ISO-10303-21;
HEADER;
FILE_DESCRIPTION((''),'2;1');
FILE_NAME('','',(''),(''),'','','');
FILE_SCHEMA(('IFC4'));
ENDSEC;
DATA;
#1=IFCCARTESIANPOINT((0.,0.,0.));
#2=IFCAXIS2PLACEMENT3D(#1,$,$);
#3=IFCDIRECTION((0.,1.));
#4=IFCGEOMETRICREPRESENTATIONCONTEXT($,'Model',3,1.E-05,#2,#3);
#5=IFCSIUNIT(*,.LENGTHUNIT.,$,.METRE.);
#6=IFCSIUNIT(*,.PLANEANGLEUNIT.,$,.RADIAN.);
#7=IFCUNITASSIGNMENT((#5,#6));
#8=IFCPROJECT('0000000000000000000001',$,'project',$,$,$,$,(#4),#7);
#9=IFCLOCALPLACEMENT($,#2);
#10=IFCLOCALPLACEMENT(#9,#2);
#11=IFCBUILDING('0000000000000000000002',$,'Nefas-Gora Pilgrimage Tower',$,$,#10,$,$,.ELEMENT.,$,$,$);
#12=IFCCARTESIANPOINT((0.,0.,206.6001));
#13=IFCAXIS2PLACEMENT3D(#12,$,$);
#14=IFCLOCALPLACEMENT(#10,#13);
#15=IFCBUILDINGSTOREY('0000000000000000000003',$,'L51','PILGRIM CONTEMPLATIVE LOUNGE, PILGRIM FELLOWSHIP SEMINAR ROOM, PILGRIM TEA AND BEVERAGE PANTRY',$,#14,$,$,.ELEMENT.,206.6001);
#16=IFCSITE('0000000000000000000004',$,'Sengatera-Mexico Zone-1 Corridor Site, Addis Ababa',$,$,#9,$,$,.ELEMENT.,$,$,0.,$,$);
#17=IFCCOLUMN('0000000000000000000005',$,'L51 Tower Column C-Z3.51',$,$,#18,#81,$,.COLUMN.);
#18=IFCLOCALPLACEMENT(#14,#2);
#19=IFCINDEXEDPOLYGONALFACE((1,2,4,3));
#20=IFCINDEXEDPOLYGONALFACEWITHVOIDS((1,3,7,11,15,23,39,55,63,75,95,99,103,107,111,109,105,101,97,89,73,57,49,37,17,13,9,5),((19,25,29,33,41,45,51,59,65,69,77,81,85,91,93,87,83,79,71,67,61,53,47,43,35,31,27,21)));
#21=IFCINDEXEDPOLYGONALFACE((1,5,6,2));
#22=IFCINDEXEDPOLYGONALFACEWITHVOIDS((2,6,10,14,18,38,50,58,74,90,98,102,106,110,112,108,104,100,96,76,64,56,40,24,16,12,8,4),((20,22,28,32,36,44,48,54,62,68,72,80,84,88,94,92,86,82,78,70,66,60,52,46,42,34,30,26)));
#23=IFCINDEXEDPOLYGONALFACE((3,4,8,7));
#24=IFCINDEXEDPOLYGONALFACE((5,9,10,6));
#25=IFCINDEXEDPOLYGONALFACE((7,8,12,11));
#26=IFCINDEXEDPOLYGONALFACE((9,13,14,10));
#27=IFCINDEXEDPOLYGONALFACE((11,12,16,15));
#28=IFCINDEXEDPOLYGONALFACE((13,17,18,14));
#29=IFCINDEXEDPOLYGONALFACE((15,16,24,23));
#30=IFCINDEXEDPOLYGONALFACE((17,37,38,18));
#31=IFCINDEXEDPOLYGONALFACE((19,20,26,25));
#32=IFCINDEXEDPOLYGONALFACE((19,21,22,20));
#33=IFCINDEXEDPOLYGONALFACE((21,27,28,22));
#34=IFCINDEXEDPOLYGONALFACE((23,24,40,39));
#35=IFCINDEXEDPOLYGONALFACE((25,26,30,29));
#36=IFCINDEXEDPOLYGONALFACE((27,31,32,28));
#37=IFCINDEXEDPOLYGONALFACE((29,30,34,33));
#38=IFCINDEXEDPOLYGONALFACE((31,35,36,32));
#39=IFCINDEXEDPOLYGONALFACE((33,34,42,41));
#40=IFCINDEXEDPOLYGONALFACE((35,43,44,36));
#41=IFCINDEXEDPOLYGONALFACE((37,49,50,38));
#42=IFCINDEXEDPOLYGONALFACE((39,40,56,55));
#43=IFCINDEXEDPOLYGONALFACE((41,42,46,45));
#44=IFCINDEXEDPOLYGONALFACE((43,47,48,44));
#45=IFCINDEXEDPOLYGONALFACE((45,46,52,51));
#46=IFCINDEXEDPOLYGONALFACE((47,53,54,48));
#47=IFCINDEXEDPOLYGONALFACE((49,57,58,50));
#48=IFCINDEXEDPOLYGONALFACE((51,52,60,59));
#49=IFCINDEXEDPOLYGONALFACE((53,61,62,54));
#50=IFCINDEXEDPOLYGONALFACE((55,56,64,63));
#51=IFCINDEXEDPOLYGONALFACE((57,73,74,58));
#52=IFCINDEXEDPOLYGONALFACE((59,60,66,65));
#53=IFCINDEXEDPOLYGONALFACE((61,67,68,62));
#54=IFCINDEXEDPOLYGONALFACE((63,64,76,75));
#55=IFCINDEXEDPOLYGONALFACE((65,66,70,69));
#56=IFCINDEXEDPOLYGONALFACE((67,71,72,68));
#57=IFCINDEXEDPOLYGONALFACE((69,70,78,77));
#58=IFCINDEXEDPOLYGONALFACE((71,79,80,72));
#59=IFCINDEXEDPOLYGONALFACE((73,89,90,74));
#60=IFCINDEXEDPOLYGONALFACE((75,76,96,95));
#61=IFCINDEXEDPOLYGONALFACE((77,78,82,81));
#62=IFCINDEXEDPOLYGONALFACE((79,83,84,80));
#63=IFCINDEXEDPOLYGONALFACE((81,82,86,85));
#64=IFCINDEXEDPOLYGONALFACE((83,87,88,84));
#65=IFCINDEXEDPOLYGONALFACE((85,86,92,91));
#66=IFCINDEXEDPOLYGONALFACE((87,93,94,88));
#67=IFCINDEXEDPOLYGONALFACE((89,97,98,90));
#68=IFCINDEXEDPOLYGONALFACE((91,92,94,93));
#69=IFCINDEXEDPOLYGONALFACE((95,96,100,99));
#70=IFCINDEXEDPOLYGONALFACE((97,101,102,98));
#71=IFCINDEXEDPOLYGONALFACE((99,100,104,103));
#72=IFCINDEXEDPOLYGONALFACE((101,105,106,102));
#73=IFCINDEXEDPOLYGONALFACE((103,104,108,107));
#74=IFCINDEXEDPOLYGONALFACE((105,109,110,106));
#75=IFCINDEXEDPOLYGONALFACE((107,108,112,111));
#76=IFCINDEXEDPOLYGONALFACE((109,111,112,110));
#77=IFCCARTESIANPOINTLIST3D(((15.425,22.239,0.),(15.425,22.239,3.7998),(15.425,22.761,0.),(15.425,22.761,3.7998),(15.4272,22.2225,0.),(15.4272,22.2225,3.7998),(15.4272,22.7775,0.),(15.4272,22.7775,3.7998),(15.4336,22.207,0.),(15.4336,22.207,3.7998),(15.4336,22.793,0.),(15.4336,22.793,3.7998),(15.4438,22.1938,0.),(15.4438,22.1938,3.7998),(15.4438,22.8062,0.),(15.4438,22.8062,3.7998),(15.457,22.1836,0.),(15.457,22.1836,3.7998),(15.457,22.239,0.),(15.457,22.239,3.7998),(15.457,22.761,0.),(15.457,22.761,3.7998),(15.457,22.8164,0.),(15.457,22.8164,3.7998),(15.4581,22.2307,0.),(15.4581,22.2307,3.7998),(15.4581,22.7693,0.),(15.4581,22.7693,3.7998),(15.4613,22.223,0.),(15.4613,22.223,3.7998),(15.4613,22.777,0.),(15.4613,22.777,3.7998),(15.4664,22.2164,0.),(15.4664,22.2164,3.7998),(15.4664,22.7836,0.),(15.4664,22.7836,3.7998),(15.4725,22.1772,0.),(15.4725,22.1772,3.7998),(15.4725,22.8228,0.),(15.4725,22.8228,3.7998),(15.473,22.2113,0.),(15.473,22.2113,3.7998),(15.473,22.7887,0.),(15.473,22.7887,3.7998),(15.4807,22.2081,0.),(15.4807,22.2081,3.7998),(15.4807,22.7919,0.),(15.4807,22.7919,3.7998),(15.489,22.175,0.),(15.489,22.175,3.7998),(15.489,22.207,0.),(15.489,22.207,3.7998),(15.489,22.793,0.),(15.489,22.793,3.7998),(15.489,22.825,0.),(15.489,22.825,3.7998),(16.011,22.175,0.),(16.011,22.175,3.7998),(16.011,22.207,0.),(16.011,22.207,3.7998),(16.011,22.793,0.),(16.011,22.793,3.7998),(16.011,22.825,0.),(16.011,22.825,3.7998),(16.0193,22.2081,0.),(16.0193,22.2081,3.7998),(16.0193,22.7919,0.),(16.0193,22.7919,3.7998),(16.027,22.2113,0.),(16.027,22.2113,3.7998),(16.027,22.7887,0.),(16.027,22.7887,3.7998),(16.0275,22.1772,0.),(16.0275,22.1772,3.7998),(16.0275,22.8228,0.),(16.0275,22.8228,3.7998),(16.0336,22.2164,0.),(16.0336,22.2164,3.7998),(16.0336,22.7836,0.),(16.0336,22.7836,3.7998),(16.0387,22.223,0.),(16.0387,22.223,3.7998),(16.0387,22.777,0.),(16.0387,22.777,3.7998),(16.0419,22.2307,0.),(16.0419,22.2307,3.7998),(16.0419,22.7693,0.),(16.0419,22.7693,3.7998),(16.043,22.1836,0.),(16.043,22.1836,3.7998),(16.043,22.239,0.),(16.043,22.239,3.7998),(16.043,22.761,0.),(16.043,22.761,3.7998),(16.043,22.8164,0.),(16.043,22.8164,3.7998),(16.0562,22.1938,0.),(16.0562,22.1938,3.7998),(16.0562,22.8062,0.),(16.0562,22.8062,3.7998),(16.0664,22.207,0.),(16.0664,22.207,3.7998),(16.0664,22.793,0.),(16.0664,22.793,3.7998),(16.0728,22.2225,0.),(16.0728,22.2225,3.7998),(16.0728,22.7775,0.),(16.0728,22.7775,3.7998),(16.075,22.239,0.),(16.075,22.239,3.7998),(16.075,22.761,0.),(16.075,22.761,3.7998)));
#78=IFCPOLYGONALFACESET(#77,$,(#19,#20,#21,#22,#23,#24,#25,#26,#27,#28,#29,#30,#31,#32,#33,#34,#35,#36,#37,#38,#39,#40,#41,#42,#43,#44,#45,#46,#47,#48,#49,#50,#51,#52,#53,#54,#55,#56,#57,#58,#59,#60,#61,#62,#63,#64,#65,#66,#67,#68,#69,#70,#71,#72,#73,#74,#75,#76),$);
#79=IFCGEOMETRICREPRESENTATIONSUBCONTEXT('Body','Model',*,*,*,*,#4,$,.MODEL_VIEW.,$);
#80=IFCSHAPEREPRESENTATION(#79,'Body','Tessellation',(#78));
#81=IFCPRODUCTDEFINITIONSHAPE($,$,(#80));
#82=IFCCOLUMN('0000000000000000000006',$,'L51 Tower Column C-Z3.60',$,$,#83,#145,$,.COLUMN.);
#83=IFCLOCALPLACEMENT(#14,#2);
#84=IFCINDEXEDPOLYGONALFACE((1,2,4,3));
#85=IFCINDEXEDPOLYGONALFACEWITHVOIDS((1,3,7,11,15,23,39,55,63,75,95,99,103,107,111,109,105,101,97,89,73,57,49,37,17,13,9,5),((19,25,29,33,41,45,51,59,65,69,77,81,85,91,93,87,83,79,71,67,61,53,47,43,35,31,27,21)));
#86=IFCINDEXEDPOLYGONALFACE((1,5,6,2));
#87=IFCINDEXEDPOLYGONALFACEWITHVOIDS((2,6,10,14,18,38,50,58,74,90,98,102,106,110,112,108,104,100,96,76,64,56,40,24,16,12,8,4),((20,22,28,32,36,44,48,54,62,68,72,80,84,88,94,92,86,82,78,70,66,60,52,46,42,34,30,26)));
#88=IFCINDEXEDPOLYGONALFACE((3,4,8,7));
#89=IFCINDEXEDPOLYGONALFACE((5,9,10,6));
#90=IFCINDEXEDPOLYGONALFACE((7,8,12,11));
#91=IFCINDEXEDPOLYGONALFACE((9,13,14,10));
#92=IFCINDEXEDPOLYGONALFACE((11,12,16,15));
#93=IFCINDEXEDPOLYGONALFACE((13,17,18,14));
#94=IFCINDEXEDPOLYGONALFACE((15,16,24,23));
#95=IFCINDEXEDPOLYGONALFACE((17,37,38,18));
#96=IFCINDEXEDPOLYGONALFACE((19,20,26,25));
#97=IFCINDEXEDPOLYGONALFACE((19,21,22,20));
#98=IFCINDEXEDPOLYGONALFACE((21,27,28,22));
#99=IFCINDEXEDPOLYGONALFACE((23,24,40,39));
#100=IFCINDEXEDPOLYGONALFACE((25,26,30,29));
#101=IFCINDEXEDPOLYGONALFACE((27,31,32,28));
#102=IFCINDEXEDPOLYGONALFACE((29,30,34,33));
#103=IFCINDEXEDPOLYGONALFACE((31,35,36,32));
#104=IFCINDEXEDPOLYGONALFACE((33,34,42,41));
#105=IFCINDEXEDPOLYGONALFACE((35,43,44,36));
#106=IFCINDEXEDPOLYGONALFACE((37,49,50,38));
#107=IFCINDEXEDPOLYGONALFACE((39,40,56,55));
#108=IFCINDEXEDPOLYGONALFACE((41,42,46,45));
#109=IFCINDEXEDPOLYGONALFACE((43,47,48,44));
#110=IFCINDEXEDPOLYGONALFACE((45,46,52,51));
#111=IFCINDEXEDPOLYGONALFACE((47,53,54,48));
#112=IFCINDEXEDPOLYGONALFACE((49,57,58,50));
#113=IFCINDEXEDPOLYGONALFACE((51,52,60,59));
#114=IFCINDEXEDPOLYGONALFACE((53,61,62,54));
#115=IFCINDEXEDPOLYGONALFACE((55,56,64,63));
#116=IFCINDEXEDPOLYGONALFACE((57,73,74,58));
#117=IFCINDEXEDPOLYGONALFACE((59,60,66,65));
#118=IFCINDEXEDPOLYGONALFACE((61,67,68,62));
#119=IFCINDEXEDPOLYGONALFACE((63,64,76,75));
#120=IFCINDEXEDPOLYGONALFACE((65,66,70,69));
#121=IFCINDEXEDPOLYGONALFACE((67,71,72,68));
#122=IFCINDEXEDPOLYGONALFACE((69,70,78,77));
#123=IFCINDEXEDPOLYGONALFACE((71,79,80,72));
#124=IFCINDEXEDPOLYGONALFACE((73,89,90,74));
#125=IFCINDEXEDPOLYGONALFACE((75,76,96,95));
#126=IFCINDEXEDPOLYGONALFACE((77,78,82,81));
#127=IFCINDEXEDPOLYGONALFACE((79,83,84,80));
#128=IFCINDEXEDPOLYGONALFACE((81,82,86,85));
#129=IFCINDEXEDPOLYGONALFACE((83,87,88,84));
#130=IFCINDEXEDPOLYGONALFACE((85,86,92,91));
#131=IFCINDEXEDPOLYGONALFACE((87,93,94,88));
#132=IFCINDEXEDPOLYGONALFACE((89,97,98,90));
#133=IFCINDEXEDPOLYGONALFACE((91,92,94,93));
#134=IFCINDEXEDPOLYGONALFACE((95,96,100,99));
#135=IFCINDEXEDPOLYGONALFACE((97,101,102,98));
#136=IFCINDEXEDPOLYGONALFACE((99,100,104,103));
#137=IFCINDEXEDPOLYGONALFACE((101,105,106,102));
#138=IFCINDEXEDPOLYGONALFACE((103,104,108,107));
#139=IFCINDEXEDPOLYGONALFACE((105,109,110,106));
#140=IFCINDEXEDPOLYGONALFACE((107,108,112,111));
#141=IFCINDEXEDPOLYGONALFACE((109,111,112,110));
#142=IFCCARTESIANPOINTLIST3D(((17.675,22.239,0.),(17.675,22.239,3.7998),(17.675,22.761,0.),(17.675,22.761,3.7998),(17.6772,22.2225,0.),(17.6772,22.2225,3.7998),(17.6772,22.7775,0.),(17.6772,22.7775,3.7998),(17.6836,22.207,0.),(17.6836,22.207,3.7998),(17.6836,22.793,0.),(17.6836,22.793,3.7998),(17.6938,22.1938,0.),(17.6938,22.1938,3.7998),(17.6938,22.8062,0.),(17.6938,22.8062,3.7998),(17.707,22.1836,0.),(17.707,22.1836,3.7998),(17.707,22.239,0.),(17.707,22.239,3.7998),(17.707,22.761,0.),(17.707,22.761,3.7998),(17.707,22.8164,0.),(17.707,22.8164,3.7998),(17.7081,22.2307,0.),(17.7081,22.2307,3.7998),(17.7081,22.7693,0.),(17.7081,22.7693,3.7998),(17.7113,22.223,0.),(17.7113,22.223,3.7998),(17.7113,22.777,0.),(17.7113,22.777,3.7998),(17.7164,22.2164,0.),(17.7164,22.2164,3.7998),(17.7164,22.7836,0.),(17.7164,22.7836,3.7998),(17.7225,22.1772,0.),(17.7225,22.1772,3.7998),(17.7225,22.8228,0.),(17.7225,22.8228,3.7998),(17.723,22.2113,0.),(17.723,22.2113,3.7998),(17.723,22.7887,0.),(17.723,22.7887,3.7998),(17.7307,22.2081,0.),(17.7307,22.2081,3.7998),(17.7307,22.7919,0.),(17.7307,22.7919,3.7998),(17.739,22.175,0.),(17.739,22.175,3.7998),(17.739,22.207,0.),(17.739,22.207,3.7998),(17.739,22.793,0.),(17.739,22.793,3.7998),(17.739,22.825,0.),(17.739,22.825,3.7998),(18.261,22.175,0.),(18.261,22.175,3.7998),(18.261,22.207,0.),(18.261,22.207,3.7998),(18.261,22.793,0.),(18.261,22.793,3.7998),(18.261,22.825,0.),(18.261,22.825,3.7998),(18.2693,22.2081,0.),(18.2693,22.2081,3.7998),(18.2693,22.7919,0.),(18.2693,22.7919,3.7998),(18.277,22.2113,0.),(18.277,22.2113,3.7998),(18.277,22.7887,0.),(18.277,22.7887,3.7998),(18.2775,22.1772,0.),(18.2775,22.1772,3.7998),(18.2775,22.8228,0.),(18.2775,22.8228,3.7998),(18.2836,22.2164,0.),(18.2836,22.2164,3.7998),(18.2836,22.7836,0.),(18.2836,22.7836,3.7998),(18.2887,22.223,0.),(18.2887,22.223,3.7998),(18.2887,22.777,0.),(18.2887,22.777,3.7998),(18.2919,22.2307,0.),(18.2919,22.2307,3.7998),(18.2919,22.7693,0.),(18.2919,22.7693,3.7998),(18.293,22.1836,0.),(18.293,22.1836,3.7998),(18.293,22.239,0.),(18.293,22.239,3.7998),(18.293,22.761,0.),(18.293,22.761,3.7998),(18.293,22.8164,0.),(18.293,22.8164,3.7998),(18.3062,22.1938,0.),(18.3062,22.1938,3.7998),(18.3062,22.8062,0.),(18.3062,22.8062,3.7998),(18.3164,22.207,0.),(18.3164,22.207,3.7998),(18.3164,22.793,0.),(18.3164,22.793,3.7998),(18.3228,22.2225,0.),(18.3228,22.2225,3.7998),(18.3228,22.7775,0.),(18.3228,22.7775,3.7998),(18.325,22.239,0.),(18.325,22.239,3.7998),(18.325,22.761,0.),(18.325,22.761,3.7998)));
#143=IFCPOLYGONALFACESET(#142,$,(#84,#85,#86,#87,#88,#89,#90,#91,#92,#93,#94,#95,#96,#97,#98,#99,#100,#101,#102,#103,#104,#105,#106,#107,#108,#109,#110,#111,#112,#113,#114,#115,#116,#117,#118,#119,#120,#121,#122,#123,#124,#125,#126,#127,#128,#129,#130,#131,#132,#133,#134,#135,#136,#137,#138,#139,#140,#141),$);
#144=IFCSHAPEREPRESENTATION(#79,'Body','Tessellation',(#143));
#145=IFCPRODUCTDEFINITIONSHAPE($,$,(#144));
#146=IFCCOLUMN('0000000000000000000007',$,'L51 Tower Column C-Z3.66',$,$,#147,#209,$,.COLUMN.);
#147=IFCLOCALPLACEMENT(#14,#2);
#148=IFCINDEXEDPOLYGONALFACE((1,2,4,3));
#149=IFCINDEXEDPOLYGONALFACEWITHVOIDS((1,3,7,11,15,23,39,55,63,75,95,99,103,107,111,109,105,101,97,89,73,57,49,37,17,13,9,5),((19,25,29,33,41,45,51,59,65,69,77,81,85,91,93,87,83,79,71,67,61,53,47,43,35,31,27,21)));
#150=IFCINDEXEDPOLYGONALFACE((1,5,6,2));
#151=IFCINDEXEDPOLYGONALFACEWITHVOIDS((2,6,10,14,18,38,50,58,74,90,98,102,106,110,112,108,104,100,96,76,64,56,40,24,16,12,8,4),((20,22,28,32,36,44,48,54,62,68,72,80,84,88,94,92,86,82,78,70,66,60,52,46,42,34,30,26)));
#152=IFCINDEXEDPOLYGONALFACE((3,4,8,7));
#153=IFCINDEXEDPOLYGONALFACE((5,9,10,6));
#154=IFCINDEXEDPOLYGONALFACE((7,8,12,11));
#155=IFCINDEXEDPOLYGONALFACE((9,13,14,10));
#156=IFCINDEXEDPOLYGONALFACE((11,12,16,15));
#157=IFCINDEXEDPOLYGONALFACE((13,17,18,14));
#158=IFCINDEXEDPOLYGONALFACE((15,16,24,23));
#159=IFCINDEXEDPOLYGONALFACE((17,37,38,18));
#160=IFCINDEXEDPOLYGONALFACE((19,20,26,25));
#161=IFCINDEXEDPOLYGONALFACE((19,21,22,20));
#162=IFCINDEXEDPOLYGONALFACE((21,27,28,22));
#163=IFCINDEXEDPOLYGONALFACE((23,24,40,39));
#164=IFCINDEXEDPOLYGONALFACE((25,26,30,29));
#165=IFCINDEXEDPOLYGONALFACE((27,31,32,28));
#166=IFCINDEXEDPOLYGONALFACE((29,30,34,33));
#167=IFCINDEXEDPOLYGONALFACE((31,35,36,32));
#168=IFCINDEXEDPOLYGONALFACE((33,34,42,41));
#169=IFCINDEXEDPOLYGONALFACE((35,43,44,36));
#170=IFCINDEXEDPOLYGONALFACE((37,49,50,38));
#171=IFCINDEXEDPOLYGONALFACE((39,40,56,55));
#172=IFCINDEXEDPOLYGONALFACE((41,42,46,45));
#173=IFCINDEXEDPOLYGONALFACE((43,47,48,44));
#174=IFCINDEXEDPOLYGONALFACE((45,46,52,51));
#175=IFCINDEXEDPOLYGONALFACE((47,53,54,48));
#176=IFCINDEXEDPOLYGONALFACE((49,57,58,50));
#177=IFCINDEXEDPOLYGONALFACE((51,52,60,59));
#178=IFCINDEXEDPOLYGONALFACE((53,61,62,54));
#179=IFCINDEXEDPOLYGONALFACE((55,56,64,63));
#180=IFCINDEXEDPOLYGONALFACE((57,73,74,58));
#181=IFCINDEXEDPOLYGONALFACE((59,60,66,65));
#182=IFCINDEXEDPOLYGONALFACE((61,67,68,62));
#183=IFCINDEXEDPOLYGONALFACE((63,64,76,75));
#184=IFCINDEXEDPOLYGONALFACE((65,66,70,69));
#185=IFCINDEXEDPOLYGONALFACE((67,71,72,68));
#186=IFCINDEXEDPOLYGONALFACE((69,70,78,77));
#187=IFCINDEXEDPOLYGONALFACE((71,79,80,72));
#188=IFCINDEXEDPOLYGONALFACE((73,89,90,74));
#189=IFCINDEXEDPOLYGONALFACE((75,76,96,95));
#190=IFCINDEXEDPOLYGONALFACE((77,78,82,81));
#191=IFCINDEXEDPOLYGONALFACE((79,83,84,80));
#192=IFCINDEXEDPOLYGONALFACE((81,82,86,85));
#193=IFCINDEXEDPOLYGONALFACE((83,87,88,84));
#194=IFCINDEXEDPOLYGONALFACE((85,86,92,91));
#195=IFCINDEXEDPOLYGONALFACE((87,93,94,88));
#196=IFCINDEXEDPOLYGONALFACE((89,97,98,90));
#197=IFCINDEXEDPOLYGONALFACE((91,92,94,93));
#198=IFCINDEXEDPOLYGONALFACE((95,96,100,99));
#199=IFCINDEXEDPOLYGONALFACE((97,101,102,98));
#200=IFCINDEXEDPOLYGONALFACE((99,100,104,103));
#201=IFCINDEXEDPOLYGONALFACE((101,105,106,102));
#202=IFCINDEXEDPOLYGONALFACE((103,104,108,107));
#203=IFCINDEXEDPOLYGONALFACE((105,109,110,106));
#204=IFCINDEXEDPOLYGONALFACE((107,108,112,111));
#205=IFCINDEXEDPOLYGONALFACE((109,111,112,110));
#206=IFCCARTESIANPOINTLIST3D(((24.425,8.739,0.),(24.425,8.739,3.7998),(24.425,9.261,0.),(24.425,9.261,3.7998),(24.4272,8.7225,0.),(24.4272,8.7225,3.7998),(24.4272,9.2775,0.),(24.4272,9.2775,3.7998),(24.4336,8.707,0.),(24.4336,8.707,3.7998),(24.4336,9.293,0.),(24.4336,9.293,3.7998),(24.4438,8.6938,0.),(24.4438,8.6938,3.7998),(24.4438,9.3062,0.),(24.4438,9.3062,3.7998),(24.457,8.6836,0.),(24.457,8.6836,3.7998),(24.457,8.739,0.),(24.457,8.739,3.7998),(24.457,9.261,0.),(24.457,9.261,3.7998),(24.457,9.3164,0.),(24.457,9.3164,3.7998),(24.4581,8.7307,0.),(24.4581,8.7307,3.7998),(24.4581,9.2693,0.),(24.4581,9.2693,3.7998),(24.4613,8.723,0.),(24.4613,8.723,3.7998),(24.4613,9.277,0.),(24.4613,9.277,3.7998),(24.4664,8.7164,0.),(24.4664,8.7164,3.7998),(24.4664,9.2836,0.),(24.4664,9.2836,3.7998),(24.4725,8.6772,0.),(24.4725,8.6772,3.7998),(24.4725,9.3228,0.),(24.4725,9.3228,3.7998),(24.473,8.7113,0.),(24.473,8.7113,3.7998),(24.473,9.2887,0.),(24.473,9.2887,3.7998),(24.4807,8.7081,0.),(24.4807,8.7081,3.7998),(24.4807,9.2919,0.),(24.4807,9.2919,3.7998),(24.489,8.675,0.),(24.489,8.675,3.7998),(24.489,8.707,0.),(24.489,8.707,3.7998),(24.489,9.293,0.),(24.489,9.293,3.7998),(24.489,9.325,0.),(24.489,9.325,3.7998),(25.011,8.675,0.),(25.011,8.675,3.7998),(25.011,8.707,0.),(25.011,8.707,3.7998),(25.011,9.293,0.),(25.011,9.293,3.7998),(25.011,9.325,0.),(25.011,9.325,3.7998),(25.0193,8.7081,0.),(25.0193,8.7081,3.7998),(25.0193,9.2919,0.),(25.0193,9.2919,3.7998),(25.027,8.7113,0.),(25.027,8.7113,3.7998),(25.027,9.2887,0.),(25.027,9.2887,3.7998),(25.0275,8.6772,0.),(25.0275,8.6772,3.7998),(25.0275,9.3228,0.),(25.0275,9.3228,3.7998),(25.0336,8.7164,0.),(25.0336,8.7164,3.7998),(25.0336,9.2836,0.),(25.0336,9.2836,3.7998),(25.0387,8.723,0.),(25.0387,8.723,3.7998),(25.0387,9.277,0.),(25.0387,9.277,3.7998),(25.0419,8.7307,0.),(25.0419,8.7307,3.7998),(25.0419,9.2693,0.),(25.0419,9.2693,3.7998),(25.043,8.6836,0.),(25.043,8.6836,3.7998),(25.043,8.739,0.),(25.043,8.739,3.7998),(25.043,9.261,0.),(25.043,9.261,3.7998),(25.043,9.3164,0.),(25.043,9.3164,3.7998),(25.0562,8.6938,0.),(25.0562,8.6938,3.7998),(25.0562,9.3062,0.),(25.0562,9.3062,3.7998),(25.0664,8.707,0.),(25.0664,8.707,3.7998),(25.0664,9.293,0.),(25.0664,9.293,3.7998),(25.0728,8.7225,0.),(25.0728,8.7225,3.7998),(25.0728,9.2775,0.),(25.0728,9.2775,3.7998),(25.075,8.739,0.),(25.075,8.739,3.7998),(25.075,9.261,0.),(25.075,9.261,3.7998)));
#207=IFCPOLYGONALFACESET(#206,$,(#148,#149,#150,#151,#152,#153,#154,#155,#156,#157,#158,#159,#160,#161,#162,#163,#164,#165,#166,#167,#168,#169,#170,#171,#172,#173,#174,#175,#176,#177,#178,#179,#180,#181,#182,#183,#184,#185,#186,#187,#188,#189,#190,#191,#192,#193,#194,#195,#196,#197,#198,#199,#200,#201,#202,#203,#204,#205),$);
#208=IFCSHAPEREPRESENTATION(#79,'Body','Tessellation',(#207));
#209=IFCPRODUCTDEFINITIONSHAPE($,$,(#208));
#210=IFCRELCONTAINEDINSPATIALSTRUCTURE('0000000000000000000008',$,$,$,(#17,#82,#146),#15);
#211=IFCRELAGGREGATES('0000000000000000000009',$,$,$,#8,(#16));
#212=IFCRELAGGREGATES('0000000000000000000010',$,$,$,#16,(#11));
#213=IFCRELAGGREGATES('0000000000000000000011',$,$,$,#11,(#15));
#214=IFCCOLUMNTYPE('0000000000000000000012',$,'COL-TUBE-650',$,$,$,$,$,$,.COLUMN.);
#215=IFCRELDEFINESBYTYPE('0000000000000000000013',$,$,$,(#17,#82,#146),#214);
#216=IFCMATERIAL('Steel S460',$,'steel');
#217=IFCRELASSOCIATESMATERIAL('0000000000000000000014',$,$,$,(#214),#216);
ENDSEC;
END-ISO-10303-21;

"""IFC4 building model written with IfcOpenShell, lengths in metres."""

from ifc_helpers import new_model, si_unit, direction, frame, origin, origin_2d, place, context, subcontext, project, spatial, hollow_rectangle, extrude, source, transform, mapped, material, material_profile, profile_set, type_object, element, save


model = new_model("IFC4")

# Units and contexts
model_context = context("Model", 3, precision=1e-05, world=origin(), true_north=direction((0.0, 1.0)))
body_context = subcontext(model_context, "Body", "Model", "MODEL_VIEW")
ifc_project = project(units=[si_unit("LENGTHUNIT", "METRE"), si_unit("PLANEANGLEUNIT", "RADIAN")], contexts=[model_context])

# Site, building, storey
site_placement = place(None, origin())
site = spatial("IfcSite", under=ifc_project, at=site_placement, Name="Sengatera-Mexico Zone-1 Corridor Site, Addis Ababa", CompositionType="ELEMENT", RefElevation=0.0)
building_placement = place(site_placement, origin())
building = spatial("IfcBuilding", under=site, at=building_placement, Name="Nefas-Gora Pilgrimage Tower", CompositionType="ELEMENT")
storey_placement = place(building_placement, frame((0.0, 0.0, 206.6001)))
storey = spatial("IfcBuildingStorey", under=building, at=storey_placement, Name="L51", Description="PILGRIM CONTEMPLATIVE LOUNGE, PILGRIM FELLOWSHIP SEMINAR ROOM, PILGRIM TEA AND BEVERAGE PANTRY", CompositionType="ELEMENT", Elevation=206.6001)

# Columns
ifc_material_1 = material(Name="Steel S460", Category="steel")
ifc_material_profile_1 = material_profile(ifc_material_1, hollow_rectangle(XDim=0.6499, YDim=0.6499, WallThickness=0.032, InnerFilletRadius=0.032, OuterFilletRadius=0.064, at=origin_2d()), Name="BOX 650x650x32")
ifc_profile_set_1 = profile_set([ifc_material_profile_1], Name="Steel S460")
column_type_1 = type_object("IfcColumnType", Name="COL-TUBE-650", PredefinedType="COLUMN", material=ifc_profile_set_1)
shared_shape_1 = source(origin(), body_context, "Body", "SweptSolid", [
    extrude(hollow_rectangle(XDim=0.6499, YDim=0.6499, WallThickness=0.032, InnerFilletRadius=0.032, OuterFilletRadius=0.064, at=origin_2d()), origin(), (0.0, 0.0, 1.0), 3.7998),
])
for number, where, z_axis, x_axis, name in (
    (1, (15.75, 22.5, 0.0), (0.0, 0.0, 1.0), (1.0, 0.0, 0.0), "L51 Tower Column C-Z3.51"),
    (2, (18.0, 22.5, 0.0), (0.0, 0.0, 1.0), (1.0, 0.0, 0.0), "L51 Tower Column C-Z3.60"),
    (3, (24.75, 9.0, 0.0), (0.0, 0.0, 1.0), (1.0, 0.0, 0.0), "L51 Tower Column C-Z3.66"),
):
    element("IfcColumn", number, at=place(storey_placement, frame(where, z_axis=z_axis, x_axis=x_axis)), inside=storey, type_object=column_type_1, Name=name, PredefinedType="COLUMN", context=body_context, shape_type="MappedRepresentation", body=[
        mapped(shared_shape_1, transform((0.0, 0.0, 0.0), x_axis=(1.0, 0.0, 0.0), y_axis=(0.0, 1.0, 0.0), z_axis=(0.0, 0.0, 1.0), scale=1.0)),
    ])

save(model, "model.ifc")
